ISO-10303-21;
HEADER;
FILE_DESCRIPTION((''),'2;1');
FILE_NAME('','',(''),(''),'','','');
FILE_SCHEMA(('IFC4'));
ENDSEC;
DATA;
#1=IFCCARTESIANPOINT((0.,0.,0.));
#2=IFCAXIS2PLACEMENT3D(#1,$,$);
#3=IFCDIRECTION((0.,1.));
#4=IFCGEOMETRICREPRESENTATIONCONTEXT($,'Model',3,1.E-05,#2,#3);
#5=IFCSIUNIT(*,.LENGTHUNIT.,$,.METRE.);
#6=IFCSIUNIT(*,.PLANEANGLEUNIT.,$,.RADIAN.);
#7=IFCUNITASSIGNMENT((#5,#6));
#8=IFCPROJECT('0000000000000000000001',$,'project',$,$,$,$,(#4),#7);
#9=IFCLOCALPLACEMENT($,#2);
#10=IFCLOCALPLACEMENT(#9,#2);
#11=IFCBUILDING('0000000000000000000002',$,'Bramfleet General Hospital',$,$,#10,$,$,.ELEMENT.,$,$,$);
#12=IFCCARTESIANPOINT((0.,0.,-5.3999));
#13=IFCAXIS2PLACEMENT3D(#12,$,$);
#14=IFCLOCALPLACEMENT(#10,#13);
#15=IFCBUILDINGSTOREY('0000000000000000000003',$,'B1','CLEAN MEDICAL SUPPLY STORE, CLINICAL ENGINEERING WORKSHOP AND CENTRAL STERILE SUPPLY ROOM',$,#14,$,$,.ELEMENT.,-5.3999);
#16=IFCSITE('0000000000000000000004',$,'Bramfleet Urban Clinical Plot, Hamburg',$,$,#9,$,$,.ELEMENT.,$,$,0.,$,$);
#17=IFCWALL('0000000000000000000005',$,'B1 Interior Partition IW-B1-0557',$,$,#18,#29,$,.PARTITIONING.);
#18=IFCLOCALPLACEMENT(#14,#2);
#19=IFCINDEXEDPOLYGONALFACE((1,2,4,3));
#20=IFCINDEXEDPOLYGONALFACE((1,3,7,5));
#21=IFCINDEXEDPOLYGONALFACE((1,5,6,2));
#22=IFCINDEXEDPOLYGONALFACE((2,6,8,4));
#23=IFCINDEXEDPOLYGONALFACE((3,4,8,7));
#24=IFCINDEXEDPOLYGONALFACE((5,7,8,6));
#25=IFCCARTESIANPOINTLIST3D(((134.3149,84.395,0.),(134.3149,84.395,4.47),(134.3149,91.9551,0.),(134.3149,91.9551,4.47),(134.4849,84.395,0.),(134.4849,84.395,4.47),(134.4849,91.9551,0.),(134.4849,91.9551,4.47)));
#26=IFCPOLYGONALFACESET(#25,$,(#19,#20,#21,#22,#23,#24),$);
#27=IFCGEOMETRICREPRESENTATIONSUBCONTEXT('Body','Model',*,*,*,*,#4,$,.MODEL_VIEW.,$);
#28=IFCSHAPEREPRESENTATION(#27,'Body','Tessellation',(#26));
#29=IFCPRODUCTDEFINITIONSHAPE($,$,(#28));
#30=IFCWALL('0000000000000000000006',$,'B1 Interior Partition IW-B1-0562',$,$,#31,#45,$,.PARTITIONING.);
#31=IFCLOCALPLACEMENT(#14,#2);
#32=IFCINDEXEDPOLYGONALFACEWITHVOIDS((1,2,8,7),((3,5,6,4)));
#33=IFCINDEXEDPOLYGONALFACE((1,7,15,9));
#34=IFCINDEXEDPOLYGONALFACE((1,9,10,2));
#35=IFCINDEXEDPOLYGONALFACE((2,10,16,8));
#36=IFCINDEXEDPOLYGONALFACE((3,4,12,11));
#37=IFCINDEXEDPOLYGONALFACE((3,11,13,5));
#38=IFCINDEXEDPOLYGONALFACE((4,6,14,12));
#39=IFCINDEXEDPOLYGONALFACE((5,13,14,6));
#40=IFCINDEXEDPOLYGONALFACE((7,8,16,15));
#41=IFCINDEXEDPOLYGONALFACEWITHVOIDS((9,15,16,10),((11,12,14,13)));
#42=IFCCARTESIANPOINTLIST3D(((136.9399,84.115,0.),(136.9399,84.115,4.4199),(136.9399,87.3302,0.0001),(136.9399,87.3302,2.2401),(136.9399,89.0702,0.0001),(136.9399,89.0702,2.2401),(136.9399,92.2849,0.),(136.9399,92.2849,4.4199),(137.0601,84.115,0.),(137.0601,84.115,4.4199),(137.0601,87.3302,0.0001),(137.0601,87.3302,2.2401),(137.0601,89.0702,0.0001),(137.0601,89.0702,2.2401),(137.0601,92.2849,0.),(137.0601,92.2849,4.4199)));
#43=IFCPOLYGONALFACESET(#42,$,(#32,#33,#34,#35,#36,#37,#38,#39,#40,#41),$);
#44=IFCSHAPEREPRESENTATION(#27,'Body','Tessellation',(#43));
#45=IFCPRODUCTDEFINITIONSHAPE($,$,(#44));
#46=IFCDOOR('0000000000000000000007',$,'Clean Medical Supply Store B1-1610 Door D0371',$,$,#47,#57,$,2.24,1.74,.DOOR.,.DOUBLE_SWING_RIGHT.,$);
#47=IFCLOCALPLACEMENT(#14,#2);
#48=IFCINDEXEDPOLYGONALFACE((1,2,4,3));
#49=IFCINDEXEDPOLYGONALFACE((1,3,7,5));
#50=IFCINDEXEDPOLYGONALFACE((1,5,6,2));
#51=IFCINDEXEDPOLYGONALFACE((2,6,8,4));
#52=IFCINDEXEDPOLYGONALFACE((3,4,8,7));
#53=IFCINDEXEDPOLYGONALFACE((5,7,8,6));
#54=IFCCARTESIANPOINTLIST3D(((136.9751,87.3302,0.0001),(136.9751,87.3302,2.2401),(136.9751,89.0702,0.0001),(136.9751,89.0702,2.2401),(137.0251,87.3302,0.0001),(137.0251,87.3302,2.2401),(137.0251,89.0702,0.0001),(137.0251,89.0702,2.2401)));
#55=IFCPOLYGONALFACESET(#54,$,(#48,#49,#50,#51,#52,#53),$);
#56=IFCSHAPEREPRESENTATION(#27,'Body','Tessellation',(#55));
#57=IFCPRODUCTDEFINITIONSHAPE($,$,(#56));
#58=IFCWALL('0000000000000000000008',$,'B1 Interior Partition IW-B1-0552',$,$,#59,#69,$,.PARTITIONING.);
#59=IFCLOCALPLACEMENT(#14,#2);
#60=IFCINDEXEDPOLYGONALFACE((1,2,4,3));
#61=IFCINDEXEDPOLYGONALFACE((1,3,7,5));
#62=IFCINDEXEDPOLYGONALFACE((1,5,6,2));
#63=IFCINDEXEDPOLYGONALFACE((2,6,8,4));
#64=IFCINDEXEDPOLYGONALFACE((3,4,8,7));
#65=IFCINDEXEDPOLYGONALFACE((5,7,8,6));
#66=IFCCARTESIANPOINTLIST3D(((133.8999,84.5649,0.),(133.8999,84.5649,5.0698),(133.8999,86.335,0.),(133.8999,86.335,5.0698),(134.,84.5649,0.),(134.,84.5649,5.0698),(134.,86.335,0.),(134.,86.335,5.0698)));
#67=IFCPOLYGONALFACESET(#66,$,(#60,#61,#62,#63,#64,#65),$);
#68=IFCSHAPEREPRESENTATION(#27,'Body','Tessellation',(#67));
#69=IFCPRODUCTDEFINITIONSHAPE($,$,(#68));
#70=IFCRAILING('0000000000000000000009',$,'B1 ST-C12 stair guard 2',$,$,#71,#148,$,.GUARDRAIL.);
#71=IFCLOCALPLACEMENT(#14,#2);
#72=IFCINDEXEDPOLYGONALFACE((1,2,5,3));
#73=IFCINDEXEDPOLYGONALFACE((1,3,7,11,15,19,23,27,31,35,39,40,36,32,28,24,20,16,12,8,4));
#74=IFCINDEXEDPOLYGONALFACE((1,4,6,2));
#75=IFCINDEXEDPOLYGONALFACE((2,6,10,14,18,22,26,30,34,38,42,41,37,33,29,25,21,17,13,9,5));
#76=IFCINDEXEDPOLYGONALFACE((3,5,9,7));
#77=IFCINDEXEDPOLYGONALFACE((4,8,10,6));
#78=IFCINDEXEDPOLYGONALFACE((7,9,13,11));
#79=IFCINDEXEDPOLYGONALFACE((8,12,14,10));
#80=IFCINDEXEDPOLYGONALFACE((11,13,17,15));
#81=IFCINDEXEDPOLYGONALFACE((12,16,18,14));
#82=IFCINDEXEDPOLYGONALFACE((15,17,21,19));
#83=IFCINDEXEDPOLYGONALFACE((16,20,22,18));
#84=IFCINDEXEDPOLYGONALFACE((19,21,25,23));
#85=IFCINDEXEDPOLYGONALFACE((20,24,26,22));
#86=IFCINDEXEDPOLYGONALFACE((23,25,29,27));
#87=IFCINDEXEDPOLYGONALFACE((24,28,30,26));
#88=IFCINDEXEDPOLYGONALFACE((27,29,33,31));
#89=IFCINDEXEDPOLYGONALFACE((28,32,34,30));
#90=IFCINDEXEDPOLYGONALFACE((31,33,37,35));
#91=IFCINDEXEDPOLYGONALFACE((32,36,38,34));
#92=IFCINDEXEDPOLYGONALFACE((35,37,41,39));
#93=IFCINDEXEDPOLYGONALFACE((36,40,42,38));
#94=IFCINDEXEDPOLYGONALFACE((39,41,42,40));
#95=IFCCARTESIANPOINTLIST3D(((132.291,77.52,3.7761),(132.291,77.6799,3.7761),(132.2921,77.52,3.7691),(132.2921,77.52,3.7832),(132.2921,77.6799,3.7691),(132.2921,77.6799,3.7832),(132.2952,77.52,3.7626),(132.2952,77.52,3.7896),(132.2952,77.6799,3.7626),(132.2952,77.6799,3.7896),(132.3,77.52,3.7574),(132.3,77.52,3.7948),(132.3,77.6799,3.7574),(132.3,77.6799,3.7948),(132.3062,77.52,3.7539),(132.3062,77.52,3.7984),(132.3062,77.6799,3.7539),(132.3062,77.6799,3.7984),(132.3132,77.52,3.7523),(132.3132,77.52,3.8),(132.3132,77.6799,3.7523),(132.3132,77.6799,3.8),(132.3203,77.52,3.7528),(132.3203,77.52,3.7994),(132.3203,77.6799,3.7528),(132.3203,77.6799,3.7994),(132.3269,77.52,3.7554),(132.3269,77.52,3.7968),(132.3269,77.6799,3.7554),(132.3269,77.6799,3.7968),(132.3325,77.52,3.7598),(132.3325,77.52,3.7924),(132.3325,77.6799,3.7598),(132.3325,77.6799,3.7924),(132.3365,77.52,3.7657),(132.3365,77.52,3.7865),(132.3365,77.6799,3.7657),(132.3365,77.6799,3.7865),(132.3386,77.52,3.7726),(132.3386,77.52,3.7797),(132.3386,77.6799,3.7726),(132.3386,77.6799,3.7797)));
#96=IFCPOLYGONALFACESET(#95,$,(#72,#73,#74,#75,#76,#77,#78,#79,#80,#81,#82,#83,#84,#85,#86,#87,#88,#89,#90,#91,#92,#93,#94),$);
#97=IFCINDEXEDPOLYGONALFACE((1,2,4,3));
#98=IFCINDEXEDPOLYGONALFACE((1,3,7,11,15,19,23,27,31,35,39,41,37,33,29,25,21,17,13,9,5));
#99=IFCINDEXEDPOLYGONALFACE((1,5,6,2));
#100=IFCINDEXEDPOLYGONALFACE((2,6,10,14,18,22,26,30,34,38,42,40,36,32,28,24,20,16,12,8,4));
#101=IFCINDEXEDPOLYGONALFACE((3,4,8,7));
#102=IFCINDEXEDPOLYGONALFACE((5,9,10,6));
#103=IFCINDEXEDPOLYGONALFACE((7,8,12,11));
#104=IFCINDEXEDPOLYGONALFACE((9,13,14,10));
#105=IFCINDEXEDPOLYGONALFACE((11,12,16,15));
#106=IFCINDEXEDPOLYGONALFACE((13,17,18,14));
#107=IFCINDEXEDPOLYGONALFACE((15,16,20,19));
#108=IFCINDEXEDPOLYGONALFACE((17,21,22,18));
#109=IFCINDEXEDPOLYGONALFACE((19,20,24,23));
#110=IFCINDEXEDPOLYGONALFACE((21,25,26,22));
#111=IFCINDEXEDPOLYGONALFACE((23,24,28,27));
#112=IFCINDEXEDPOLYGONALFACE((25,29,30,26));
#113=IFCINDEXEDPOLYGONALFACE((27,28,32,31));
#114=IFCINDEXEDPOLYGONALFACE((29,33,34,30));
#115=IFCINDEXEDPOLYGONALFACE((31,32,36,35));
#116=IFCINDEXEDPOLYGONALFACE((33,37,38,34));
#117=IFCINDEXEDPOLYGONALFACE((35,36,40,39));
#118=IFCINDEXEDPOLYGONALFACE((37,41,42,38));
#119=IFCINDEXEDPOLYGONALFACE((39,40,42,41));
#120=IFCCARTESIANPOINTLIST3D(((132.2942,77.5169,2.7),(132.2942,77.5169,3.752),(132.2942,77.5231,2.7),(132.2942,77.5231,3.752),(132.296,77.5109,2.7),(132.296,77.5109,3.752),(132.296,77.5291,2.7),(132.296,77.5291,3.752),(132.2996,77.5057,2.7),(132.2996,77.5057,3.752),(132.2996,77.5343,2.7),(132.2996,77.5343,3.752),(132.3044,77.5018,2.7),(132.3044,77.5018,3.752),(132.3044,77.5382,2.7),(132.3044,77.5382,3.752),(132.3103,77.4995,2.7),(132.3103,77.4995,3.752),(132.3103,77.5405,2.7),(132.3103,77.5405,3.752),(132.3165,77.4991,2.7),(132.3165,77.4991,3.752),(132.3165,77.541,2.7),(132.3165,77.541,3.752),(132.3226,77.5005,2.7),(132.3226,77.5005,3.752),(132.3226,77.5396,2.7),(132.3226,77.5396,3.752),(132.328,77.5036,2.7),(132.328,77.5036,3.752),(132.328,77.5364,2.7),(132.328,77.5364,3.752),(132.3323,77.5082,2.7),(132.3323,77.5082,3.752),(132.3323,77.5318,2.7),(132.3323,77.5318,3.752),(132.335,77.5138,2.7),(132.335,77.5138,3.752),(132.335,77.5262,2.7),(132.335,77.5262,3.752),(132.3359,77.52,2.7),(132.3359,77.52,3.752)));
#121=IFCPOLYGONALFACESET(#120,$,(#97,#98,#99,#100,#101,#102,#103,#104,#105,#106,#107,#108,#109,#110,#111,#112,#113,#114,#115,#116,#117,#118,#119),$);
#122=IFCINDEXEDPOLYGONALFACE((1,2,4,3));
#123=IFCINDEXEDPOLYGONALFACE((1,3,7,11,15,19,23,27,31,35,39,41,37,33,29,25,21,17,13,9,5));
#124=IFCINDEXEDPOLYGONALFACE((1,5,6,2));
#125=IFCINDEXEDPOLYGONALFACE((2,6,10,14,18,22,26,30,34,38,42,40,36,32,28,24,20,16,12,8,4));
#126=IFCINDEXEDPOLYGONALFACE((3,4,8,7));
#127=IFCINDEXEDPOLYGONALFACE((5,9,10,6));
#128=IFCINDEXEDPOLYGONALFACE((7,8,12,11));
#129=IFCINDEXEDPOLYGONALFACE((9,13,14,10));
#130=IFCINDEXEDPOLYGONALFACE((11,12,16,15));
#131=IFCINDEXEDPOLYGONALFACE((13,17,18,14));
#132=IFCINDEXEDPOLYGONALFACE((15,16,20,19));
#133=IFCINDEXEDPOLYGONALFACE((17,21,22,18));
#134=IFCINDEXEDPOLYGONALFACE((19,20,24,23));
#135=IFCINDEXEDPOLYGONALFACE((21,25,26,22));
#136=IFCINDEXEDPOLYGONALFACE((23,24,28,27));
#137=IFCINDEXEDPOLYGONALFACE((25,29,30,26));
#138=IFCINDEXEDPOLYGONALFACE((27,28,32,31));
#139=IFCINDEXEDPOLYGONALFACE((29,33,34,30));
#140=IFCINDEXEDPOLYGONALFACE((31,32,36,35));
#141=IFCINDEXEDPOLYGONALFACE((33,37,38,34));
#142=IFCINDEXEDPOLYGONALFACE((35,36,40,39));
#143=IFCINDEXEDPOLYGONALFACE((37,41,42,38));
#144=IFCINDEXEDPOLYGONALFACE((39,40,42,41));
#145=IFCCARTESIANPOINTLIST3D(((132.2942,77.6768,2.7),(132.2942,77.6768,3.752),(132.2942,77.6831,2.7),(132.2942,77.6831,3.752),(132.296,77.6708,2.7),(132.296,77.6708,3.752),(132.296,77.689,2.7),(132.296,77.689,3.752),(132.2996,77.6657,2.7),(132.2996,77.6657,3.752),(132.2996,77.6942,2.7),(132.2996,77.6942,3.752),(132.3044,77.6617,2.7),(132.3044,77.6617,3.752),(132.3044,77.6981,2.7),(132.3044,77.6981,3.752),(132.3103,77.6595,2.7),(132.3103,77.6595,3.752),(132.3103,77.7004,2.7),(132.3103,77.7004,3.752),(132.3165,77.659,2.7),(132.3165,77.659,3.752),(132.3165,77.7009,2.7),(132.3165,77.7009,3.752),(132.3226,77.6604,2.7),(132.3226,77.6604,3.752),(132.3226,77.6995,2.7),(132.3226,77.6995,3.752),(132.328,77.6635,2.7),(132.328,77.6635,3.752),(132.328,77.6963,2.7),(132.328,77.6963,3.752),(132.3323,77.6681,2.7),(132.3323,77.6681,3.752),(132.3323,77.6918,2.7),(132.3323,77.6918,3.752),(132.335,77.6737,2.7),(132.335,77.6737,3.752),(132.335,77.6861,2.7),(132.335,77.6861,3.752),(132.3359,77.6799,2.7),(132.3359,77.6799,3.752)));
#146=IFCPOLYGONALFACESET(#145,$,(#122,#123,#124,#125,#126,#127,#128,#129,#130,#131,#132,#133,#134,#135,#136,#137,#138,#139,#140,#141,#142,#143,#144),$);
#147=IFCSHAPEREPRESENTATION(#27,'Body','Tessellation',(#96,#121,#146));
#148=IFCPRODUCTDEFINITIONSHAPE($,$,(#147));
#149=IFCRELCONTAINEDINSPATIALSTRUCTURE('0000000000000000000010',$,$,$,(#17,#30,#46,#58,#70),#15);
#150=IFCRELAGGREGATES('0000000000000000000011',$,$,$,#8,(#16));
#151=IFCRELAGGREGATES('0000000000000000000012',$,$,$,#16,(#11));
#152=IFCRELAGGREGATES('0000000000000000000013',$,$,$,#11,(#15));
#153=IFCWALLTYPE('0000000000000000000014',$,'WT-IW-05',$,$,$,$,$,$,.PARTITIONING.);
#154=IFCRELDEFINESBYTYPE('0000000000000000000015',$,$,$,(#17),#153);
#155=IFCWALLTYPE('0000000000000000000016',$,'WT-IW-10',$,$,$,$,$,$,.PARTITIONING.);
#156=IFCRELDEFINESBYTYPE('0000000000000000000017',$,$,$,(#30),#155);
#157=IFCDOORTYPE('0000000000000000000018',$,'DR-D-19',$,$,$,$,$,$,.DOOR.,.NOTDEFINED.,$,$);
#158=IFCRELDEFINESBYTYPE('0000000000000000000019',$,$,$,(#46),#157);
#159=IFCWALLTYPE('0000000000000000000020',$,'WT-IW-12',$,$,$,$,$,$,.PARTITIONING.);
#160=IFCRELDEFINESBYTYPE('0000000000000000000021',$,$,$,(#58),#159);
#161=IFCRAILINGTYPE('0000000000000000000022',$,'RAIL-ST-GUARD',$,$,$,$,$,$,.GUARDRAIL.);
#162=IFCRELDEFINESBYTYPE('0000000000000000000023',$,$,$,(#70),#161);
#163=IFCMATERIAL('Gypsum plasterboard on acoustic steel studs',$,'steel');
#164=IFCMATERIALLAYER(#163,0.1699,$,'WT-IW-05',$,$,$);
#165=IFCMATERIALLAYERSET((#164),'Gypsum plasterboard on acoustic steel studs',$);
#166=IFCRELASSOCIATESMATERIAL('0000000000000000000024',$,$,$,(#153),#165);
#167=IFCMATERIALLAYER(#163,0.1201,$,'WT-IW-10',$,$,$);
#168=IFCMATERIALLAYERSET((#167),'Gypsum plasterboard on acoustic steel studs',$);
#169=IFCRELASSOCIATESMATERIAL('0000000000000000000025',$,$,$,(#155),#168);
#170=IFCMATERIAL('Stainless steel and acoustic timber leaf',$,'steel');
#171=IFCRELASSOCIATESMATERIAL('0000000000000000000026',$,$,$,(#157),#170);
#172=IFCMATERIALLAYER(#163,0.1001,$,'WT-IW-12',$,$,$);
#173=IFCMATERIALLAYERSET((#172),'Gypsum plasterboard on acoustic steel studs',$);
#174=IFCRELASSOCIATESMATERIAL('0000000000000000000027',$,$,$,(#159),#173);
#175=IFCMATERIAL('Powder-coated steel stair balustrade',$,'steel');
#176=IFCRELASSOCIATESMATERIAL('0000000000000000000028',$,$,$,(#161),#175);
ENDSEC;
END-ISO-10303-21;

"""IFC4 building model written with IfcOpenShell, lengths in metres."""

from ifc_helpers import new_model, si_unit, direction, frame, frame_2d, origin, origin_2d, place, context, subcontext, project, spatial, rectangle, circle, extrude, material, layer, layer_set, type_object, element, fill, save


model = new_model("IFC4")

# Units and contexts
model_context = context("Model", 3, precision=1e-05, world=origin(), true_north=direction((0.0, 1.0)))
body_context = subcontext(model_context, "Body", "Model", "MODEL_VIEW")
ifc_project = project(units=[si_unit("LENGTHUNIT", "METRE"), si_unit("PLANEANGLEUNIT", "RADIAN")], contexts=[model_context])

# Site, building, storey
site_placement = place(None, origin())
site = spatial("IfcSite", under=ifc_project, at=site_placement, Name="Bramfleet Urban Clinical Plot, Hamburg", CompositionType="ELEMENT", RefElevation=0.0)
building_placement = place(site_placement, origin())
building = spatial("IfcBuilding", under=site, at=building_placement, Name="Bramfleet General Hospital", CompositionType="ELEMENT")
storey_placement = place(building_placement, frame((0.0, 0.0, -5.3999)))
storey = spatial("IfcBuildingStorey", under=building, at=storey_placement, Name="B1", Description="CLEAN MEDICAL SUPPLY STORE, CLINICAL ENGINEERING WORKSHOP AND CENTRAL STERILE SUPPLY ROOM", CompositionType="ELEMENT", Elevation=-5.3999)

# Shared definitions
ifc_material_1 = material(Name="Stainless steel and acoustic timber leaf", Category="steel")

# Wall
ifc_material_2 = material(Name="Gypsum plasterboard on acoustic steel studs", Category="steel")
ifc_layer_1 = layer(ifc_material_2, 0.1699, Name="WT-IW-05")
ifc_layer_set_1 = layer_set([ifc_layer_1], Name="Gypsum plasterboard on acoustic steel studs")
wall_type_1 = type_object("IfcWallType", Name="WT-IW-05", PredefinedType="PARTITIONING", material=ifc_layer_set_1)
wall_1_placement = place(storey_placement, frame((134.3999, 84.395, 0.0), z_axis=(0.0, 0.0, 1.0), x_axis=(0.0, 1.0, 0.0)))
element("IfcWall", 1, at=wall_1_placement, inside=storey, type_object=wall_type_1, Name="B1 Interior Partition IW-B1-0557", PredefinedType="PARTITIONING", context=body_context, shape_type="SweptSolid", body=[
    extrude(rectangle(XDim=7.5601, YDim=0.1699, at=frame_2d((3.78, 0.0))), origin(), (0.0, 0.0, 1.0), 4.47),
])

# Wall, opening, door
ifc_layer_2 = layer(ifc_material_2, 0.1201, Name="WT-IW-10")
ifc_layer_set_2 = layer_set([ifc_layer_2], Name="Gypsum plasterboard on acoustic steel studs")
wall_type_2 = type_object("IfcWallType", Name="WT-IW-10", PredefinedType="PARTITIONING", material=ifc_layer_set_2)
wall_2_placement = place(storey_placement, frame((137.0, 84.115, 0.0), z_axis=(0.0, 0.0, 1.0), x_axis=(0.0, 1.0, 0.0)))
wall_2 = element("IfcWall", 2, at=wall_2_placement, inside=storey, type_object=wall_type_2, Name="B1 Interior Partition IW-B1-0562", PredefinedType="PARTITIONING", context=body_context, shape_type="SweptSolid", body=[
    extrude(rectangle(XDim=8.1699, YDim=0.1201, at=frame_2d((4.085, 0.0))), origin(), (0.0, 0.0, 1.0), 4.4199),
])
opening_1_placement = place(wall_2_placement, frame((3.2151, 0.0, 0.0)))
opening_1 = element("IfcOpeningElement", 3, at=opening_1_placement, cuts=wall_2, PredefinedType="OPENING", context=body_context, shape_type="SweptSolid", body=[
    extrude(rectangle(XDim=1.74, YDim=2.24, at=frame_2d((0.8701, 1.1201))), frame((0.0, 0.0701, 0.0), z_axis=(0.0, -1.0, 0.0), x_axis=(1.0, 0.0, 0.0)), (0.0, 0.0, 1.0), 0.1401),
])
door_type_1 = type_object("IfcDoorType", Name="DR-D-19", OperationType="NOTDEFINED", PredefinedType="DOOR", material=ifc_material_1)
door_1_placement = place(opening_1_placement, origin())
door_1 = element("IfcDoor", 4, at=door_1_placement, inside=storey, type_object=door_type_1, Name="Clean Medical Supply Store B1-1610 Door D0371", OperationType="DOUBLE_SWING_RIGHT", OverallHeight=2.24, OverallWidth=1.74, PredefinedType="DOOR", context=body_context, shape_type="SweptSolid", body=[
    extrude(rectangle(XDim=1.74, YDim=2.24, at=frame_2d((0.8701, 1.1201))), frame((0.0, 0.0249, 0.0), z_axis=(0.0, -1.0, 0.0), x_axis=(1.0, 0.0, 0.0)), (0.0, 0.0, 1.0), 0.05),
])
fill(opening_1, door_1)

# Wall
ifc_layer_3 = layer(ifc_material_2, 0.1001, Name="WT-IW-12")
ifc_layer_set_3 = layer_set([ifc_layer_3], Name="Gypsum plasterboard on acoustic steel studs")
wall_type_3 = type_object("IfcWallType", Name="WT-IW-12", PredefinedType="PARTITIONING", material=ifc_layer_set_3)
wall_3_placement = place(storey_placement, frame((133.95, 84.5649, 0.0), z_axis=(0.0, 0.0, 1.0), x_axis=(0.0, 1.0, 0.0)))
element("IfcWall", 5, at=wall_3_placement, inside=storey, type_object=wall_type_3, Name="B1 Interior Partition IW-B1-0552", PredefinedType="PARTITIONING", context=body_context, shape_type="SweptSolid", body=[
    extrude(rectangle(XDim=1.77, YDim=0.1001, at=frame_2d((0.885, 0.0))), origin(), (0.0, 0.0, 1.0), 5.0698),
])

# Railing
ifc_material_3 = material(Name="Powder-coated steel stair balustrade", Category="steel")
railing_type_1 = type_object("IfcRailingType", Name="RAIL-ST-GUARD", PredefinedType="GUARDRAIL", material=ifc_material_3)
railing_1_placement = place(storey_placement, frame((132.3149, 77.52, 2.7)))
element("IfcRailing", 6, at=railing_1_placement, inside=storey, type_object=railing_type_1, Name="B1 ST-C12 stair guard 2", PredefinedType="GUARDRAIL", context=body_context, shape_type="SweptSolid", body=[
    extrude(circle(Radius=0.0239, at=origin_2d()), frame((0.0, 0.0, 1.0762), z_axis=(0.0, 1.0, 0.0), x_axis=(-1.0, 0.0, 0.0)), (0.0, 0.0, 1.0), 0.1599),
    extrude(circle(Radius=0.021, at=origin_2d()), origin(), (0.0, 0.0, 1.0), 1.052),
    extrude(circle(Radius=0.021, at=origin_2d()), frame((0.0, 0.1599, 0.0)), (0.0, 0.0, 1.0), 1.052),
])

save(model, "model.ifc")
